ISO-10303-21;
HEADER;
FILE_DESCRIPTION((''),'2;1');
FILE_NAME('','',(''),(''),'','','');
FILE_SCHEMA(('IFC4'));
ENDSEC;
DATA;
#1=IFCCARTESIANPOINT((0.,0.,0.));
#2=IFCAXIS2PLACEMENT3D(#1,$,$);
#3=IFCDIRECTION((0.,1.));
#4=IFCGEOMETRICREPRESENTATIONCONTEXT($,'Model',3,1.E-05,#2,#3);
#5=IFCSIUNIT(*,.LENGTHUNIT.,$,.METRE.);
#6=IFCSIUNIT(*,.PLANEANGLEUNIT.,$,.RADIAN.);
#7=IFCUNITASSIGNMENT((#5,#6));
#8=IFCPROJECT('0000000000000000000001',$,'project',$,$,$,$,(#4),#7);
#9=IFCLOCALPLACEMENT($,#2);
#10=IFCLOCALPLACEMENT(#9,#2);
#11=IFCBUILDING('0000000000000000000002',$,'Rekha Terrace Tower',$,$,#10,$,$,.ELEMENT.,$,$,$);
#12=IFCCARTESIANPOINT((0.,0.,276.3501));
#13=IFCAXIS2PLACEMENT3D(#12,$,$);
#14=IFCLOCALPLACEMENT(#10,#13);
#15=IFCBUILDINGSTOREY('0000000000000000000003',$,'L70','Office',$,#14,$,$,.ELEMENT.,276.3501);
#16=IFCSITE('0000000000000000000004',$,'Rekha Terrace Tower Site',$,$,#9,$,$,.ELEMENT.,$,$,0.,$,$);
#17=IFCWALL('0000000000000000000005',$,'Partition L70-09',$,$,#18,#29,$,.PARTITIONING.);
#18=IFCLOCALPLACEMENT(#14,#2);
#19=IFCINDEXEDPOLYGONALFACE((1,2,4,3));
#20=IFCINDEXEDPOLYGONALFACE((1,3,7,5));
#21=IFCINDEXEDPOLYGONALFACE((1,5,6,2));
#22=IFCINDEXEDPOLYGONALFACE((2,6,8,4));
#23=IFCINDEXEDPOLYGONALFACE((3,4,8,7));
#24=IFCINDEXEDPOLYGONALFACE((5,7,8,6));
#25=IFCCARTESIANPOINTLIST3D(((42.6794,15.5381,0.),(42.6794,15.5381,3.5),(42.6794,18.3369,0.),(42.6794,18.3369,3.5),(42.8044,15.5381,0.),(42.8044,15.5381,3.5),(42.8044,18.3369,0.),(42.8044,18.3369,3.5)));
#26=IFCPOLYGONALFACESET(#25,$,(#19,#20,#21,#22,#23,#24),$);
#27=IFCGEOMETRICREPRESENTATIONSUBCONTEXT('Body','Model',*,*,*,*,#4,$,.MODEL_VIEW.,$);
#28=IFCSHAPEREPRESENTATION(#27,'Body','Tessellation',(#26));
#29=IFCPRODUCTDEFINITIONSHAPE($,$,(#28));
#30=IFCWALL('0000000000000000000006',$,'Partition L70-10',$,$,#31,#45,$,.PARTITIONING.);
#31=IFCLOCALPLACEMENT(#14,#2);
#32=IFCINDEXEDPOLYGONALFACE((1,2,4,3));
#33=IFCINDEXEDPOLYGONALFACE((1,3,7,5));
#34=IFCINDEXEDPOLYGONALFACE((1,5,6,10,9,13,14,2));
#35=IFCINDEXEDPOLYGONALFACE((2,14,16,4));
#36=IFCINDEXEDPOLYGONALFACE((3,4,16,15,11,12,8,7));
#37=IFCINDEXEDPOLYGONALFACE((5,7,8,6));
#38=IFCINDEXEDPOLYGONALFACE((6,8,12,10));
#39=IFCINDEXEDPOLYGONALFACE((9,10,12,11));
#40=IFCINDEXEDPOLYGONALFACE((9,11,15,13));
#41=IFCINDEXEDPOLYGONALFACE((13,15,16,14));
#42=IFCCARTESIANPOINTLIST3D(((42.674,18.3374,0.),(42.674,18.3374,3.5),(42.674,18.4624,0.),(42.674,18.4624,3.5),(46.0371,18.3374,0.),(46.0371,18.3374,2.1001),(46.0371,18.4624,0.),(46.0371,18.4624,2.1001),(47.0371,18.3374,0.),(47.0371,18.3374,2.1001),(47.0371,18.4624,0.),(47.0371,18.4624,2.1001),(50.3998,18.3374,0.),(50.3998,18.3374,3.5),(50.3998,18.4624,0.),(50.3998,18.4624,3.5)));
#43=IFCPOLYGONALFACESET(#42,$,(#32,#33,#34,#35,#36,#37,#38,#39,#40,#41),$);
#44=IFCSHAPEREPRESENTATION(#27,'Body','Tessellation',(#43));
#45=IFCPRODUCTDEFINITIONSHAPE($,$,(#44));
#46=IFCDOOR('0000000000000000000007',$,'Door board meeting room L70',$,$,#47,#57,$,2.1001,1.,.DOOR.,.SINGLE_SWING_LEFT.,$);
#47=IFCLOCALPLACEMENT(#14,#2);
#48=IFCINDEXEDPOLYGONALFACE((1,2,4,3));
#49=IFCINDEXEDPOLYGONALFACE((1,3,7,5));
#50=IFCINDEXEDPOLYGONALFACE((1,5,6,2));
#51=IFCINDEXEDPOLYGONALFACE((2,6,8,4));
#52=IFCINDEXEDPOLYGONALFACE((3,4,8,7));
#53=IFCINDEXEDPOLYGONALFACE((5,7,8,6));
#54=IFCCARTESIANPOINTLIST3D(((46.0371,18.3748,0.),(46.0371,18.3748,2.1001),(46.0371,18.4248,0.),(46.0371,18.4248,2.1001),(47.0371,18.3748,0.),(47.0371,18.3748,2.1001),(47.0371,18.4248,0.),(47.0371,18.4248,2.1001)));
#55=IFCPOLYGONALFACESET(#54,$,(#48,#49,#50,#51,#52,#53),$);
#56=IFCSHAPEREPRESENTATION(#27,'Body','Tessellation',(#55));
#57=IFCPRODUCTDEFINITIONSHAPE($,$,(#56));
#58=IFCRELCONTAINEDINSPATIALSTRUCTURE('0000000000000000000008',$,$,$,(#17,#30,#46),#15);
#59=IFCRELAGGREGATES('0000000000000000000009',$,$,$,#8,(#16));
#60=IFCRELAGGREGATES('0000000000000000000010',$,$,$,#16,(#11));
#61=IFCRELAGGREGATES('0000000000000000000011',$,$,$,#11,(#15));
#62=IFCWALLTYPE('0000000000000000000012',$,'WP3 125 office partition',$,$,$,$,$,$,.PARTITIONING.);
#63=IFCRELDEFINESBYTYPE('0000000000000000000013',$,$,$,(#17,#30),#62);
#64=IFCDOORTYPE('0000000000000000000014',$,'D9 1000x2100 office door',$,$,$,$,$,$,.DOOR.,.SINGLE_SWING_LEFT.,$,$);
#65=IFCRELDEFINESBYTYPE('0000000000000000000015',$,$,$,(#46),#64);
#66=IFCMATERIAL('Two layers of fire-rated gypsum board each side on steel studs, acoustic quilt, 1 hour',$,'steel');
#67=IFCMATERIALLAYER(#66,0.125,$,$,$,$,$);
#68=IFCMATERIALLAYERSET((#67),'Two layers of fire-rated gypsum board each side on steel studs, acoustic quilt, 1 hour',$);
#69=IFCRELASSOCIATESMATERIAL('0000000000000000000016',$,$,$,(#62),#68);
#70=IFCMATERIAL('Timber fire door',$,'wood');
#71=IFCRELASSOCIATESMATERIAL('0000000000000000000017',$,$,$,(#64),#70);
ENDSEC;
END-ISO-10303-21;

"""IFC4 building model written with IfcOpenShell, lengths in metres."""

from ifc_helpers import new_model, si_unit, direction, frame, frame_2d, origin, place, context, subcontext, project, spatial, rectangle, extrude, material, layer, layer_set, type_object, element, fill, save


model = new_model("IFC4")

# Units and contexts
model_context = context("Model", 3, precision=1e-05, world=origin(), true_north=direction((0.0, 1.0)))
body_context = subcontext(model_context, "Body", "Model", "MODEL_VIEW")
ifc_project = project(units=[si_unit("LENGTHUNIT", "METRE"), si_unit("PLANEANGLEUNIT", "RADIAN")], contexts=[model_context])

# Site, building, storey
site_placement = place(None, origin())
site = spatial("IfcSite", under=ifc_project, at=site_placement, Name="Rekha Terrace Tower Site", CompositionType="ELEMENT", RefElevation=0.0)
building_placement = place(site_placement, origin())
building = spatial("IfcBuilding", under=site, at=building_placement, Name="Rekha Terrace Tower", CompositionType="ELEMENT")
storey_placement = place(building_placement, frame((0.0, 0.0, 276.3501)))
storey = spatial("IfcBuildingStorey", under=building, at=storey_placement, Name="L70", Description="Office", CompositionType="ELEMENT", Elevation=276.3501)

# Wall
ifc_material_1 = material(Name="Two layers of fire-rated gypsum board each side on steel studs, acoustic quilt, 1 hour", Category="steel")
ifc_layer_1 = layer(ifc_material_1, 0.125)
ifc_layer_set_1 = layer_set([ifc_layer_1], Name="Two layers of fire-rated gypsum board each side on steel studs, acoustic quilt, 1 hour")
wall_type_1 = type_object("IfcWallType", Name="WP3 125 office partition", PredefinedType="PARTITIONING", material=ifc_layer_set_1)
wall_1_placement = place(storey_placement, frame((42.7419, 18.3369, 0.0), z_axis=(0.0, 0.0, 1.0), x_axis=(0.0, -1.0, 0.0)))
element("IfcWall", 1, at=wall_1_placement, inside=storey, type_object=wall_type_1, Name="Partition L70-09", PredefinedType="PARTITIONING", context=body_context, shape_type="SweptSolid", body=[
    extrude(rectangle(XDim=2.7988, YDim=0.125, at=frame_2d((1.3994, 0.0))), origin(), (0.0, 0.0, 1.0), 3.5),
])

# Wall, opening, door
wall_2_placement = place(storey_placement, frame((42.6741, 18.3999, 0.0), z_axis=(0.0, 0.0, 1.0), x_axis=(1.0, 0.0, 0.0)))
wall_2 = element("IfcWall", 2, at=wall_2_placement, inside=storey, type_object=wall_type_1, Name="Partition L70-10", PredefinedType="PARTITIONING", context=body_context, shape_type="SweptSolid", body=[
    extrude(rectangle(XDim=7.7258, YDim=0.125, at=frame_2d((3.8628, 0.0))), origin(), (0.0, 0.0, 1.0), 3.5),
])
opening_placement = place(wall_2_placement, frame((3.363, 0.0, 0.0)))
opening = element("IfcOpeningElement", 3, at=opening_placement, cuts=wall_2, PredefinedType="OPENING", context=body_context, shape_type="SweptSolid", body=[
    extrude(rectangle(XDim=1.0, YDim=2.1001, at=frame_2d((0.5, 1.05))), frame((0.0, 0.0725, 0.0), z_axis=(0.0, -1.0, 0.0), x_axis=(1.0, 0.0, 0.0)), (0.0, 0.0, 1.0), 0.145),
])
ifc_material_2 = material(Name="Timber fire door", Category="wood")
door_type = type_object("IfcDoorType", Name="D9 1000x2100 office door", OperationType="SINGLE_SWING_LEFT", PredefinedType="DOOR", material=ifc_material_2)
door_placement = place(opening_placement, origin())
door = element("IfcDoor", 4, at=door_placement, inside=storey, type_object=door_type, Name="Door board meeting room L70", OperationType="SINGLE_SWING_LEFT", OverallHeight=2.1001, OverallWidth=1.0, PredefinedType="DOOR", context=body_context, shape_type="SweptSolid", body=[
    extrude(rectangle(XDim=1.0, YDim=2.1001, at=frame_2d((0.5, 1.05))), frame((0.0, 0.0249, 0.0), z_axis=(0.0, -1.0, 0.0), x_axis=(1.0, 0.0, 0.0)), (0.0, 0.0, 1.0), 0.05),
])
fill(opening, door)

save(model, "model.ifc")
